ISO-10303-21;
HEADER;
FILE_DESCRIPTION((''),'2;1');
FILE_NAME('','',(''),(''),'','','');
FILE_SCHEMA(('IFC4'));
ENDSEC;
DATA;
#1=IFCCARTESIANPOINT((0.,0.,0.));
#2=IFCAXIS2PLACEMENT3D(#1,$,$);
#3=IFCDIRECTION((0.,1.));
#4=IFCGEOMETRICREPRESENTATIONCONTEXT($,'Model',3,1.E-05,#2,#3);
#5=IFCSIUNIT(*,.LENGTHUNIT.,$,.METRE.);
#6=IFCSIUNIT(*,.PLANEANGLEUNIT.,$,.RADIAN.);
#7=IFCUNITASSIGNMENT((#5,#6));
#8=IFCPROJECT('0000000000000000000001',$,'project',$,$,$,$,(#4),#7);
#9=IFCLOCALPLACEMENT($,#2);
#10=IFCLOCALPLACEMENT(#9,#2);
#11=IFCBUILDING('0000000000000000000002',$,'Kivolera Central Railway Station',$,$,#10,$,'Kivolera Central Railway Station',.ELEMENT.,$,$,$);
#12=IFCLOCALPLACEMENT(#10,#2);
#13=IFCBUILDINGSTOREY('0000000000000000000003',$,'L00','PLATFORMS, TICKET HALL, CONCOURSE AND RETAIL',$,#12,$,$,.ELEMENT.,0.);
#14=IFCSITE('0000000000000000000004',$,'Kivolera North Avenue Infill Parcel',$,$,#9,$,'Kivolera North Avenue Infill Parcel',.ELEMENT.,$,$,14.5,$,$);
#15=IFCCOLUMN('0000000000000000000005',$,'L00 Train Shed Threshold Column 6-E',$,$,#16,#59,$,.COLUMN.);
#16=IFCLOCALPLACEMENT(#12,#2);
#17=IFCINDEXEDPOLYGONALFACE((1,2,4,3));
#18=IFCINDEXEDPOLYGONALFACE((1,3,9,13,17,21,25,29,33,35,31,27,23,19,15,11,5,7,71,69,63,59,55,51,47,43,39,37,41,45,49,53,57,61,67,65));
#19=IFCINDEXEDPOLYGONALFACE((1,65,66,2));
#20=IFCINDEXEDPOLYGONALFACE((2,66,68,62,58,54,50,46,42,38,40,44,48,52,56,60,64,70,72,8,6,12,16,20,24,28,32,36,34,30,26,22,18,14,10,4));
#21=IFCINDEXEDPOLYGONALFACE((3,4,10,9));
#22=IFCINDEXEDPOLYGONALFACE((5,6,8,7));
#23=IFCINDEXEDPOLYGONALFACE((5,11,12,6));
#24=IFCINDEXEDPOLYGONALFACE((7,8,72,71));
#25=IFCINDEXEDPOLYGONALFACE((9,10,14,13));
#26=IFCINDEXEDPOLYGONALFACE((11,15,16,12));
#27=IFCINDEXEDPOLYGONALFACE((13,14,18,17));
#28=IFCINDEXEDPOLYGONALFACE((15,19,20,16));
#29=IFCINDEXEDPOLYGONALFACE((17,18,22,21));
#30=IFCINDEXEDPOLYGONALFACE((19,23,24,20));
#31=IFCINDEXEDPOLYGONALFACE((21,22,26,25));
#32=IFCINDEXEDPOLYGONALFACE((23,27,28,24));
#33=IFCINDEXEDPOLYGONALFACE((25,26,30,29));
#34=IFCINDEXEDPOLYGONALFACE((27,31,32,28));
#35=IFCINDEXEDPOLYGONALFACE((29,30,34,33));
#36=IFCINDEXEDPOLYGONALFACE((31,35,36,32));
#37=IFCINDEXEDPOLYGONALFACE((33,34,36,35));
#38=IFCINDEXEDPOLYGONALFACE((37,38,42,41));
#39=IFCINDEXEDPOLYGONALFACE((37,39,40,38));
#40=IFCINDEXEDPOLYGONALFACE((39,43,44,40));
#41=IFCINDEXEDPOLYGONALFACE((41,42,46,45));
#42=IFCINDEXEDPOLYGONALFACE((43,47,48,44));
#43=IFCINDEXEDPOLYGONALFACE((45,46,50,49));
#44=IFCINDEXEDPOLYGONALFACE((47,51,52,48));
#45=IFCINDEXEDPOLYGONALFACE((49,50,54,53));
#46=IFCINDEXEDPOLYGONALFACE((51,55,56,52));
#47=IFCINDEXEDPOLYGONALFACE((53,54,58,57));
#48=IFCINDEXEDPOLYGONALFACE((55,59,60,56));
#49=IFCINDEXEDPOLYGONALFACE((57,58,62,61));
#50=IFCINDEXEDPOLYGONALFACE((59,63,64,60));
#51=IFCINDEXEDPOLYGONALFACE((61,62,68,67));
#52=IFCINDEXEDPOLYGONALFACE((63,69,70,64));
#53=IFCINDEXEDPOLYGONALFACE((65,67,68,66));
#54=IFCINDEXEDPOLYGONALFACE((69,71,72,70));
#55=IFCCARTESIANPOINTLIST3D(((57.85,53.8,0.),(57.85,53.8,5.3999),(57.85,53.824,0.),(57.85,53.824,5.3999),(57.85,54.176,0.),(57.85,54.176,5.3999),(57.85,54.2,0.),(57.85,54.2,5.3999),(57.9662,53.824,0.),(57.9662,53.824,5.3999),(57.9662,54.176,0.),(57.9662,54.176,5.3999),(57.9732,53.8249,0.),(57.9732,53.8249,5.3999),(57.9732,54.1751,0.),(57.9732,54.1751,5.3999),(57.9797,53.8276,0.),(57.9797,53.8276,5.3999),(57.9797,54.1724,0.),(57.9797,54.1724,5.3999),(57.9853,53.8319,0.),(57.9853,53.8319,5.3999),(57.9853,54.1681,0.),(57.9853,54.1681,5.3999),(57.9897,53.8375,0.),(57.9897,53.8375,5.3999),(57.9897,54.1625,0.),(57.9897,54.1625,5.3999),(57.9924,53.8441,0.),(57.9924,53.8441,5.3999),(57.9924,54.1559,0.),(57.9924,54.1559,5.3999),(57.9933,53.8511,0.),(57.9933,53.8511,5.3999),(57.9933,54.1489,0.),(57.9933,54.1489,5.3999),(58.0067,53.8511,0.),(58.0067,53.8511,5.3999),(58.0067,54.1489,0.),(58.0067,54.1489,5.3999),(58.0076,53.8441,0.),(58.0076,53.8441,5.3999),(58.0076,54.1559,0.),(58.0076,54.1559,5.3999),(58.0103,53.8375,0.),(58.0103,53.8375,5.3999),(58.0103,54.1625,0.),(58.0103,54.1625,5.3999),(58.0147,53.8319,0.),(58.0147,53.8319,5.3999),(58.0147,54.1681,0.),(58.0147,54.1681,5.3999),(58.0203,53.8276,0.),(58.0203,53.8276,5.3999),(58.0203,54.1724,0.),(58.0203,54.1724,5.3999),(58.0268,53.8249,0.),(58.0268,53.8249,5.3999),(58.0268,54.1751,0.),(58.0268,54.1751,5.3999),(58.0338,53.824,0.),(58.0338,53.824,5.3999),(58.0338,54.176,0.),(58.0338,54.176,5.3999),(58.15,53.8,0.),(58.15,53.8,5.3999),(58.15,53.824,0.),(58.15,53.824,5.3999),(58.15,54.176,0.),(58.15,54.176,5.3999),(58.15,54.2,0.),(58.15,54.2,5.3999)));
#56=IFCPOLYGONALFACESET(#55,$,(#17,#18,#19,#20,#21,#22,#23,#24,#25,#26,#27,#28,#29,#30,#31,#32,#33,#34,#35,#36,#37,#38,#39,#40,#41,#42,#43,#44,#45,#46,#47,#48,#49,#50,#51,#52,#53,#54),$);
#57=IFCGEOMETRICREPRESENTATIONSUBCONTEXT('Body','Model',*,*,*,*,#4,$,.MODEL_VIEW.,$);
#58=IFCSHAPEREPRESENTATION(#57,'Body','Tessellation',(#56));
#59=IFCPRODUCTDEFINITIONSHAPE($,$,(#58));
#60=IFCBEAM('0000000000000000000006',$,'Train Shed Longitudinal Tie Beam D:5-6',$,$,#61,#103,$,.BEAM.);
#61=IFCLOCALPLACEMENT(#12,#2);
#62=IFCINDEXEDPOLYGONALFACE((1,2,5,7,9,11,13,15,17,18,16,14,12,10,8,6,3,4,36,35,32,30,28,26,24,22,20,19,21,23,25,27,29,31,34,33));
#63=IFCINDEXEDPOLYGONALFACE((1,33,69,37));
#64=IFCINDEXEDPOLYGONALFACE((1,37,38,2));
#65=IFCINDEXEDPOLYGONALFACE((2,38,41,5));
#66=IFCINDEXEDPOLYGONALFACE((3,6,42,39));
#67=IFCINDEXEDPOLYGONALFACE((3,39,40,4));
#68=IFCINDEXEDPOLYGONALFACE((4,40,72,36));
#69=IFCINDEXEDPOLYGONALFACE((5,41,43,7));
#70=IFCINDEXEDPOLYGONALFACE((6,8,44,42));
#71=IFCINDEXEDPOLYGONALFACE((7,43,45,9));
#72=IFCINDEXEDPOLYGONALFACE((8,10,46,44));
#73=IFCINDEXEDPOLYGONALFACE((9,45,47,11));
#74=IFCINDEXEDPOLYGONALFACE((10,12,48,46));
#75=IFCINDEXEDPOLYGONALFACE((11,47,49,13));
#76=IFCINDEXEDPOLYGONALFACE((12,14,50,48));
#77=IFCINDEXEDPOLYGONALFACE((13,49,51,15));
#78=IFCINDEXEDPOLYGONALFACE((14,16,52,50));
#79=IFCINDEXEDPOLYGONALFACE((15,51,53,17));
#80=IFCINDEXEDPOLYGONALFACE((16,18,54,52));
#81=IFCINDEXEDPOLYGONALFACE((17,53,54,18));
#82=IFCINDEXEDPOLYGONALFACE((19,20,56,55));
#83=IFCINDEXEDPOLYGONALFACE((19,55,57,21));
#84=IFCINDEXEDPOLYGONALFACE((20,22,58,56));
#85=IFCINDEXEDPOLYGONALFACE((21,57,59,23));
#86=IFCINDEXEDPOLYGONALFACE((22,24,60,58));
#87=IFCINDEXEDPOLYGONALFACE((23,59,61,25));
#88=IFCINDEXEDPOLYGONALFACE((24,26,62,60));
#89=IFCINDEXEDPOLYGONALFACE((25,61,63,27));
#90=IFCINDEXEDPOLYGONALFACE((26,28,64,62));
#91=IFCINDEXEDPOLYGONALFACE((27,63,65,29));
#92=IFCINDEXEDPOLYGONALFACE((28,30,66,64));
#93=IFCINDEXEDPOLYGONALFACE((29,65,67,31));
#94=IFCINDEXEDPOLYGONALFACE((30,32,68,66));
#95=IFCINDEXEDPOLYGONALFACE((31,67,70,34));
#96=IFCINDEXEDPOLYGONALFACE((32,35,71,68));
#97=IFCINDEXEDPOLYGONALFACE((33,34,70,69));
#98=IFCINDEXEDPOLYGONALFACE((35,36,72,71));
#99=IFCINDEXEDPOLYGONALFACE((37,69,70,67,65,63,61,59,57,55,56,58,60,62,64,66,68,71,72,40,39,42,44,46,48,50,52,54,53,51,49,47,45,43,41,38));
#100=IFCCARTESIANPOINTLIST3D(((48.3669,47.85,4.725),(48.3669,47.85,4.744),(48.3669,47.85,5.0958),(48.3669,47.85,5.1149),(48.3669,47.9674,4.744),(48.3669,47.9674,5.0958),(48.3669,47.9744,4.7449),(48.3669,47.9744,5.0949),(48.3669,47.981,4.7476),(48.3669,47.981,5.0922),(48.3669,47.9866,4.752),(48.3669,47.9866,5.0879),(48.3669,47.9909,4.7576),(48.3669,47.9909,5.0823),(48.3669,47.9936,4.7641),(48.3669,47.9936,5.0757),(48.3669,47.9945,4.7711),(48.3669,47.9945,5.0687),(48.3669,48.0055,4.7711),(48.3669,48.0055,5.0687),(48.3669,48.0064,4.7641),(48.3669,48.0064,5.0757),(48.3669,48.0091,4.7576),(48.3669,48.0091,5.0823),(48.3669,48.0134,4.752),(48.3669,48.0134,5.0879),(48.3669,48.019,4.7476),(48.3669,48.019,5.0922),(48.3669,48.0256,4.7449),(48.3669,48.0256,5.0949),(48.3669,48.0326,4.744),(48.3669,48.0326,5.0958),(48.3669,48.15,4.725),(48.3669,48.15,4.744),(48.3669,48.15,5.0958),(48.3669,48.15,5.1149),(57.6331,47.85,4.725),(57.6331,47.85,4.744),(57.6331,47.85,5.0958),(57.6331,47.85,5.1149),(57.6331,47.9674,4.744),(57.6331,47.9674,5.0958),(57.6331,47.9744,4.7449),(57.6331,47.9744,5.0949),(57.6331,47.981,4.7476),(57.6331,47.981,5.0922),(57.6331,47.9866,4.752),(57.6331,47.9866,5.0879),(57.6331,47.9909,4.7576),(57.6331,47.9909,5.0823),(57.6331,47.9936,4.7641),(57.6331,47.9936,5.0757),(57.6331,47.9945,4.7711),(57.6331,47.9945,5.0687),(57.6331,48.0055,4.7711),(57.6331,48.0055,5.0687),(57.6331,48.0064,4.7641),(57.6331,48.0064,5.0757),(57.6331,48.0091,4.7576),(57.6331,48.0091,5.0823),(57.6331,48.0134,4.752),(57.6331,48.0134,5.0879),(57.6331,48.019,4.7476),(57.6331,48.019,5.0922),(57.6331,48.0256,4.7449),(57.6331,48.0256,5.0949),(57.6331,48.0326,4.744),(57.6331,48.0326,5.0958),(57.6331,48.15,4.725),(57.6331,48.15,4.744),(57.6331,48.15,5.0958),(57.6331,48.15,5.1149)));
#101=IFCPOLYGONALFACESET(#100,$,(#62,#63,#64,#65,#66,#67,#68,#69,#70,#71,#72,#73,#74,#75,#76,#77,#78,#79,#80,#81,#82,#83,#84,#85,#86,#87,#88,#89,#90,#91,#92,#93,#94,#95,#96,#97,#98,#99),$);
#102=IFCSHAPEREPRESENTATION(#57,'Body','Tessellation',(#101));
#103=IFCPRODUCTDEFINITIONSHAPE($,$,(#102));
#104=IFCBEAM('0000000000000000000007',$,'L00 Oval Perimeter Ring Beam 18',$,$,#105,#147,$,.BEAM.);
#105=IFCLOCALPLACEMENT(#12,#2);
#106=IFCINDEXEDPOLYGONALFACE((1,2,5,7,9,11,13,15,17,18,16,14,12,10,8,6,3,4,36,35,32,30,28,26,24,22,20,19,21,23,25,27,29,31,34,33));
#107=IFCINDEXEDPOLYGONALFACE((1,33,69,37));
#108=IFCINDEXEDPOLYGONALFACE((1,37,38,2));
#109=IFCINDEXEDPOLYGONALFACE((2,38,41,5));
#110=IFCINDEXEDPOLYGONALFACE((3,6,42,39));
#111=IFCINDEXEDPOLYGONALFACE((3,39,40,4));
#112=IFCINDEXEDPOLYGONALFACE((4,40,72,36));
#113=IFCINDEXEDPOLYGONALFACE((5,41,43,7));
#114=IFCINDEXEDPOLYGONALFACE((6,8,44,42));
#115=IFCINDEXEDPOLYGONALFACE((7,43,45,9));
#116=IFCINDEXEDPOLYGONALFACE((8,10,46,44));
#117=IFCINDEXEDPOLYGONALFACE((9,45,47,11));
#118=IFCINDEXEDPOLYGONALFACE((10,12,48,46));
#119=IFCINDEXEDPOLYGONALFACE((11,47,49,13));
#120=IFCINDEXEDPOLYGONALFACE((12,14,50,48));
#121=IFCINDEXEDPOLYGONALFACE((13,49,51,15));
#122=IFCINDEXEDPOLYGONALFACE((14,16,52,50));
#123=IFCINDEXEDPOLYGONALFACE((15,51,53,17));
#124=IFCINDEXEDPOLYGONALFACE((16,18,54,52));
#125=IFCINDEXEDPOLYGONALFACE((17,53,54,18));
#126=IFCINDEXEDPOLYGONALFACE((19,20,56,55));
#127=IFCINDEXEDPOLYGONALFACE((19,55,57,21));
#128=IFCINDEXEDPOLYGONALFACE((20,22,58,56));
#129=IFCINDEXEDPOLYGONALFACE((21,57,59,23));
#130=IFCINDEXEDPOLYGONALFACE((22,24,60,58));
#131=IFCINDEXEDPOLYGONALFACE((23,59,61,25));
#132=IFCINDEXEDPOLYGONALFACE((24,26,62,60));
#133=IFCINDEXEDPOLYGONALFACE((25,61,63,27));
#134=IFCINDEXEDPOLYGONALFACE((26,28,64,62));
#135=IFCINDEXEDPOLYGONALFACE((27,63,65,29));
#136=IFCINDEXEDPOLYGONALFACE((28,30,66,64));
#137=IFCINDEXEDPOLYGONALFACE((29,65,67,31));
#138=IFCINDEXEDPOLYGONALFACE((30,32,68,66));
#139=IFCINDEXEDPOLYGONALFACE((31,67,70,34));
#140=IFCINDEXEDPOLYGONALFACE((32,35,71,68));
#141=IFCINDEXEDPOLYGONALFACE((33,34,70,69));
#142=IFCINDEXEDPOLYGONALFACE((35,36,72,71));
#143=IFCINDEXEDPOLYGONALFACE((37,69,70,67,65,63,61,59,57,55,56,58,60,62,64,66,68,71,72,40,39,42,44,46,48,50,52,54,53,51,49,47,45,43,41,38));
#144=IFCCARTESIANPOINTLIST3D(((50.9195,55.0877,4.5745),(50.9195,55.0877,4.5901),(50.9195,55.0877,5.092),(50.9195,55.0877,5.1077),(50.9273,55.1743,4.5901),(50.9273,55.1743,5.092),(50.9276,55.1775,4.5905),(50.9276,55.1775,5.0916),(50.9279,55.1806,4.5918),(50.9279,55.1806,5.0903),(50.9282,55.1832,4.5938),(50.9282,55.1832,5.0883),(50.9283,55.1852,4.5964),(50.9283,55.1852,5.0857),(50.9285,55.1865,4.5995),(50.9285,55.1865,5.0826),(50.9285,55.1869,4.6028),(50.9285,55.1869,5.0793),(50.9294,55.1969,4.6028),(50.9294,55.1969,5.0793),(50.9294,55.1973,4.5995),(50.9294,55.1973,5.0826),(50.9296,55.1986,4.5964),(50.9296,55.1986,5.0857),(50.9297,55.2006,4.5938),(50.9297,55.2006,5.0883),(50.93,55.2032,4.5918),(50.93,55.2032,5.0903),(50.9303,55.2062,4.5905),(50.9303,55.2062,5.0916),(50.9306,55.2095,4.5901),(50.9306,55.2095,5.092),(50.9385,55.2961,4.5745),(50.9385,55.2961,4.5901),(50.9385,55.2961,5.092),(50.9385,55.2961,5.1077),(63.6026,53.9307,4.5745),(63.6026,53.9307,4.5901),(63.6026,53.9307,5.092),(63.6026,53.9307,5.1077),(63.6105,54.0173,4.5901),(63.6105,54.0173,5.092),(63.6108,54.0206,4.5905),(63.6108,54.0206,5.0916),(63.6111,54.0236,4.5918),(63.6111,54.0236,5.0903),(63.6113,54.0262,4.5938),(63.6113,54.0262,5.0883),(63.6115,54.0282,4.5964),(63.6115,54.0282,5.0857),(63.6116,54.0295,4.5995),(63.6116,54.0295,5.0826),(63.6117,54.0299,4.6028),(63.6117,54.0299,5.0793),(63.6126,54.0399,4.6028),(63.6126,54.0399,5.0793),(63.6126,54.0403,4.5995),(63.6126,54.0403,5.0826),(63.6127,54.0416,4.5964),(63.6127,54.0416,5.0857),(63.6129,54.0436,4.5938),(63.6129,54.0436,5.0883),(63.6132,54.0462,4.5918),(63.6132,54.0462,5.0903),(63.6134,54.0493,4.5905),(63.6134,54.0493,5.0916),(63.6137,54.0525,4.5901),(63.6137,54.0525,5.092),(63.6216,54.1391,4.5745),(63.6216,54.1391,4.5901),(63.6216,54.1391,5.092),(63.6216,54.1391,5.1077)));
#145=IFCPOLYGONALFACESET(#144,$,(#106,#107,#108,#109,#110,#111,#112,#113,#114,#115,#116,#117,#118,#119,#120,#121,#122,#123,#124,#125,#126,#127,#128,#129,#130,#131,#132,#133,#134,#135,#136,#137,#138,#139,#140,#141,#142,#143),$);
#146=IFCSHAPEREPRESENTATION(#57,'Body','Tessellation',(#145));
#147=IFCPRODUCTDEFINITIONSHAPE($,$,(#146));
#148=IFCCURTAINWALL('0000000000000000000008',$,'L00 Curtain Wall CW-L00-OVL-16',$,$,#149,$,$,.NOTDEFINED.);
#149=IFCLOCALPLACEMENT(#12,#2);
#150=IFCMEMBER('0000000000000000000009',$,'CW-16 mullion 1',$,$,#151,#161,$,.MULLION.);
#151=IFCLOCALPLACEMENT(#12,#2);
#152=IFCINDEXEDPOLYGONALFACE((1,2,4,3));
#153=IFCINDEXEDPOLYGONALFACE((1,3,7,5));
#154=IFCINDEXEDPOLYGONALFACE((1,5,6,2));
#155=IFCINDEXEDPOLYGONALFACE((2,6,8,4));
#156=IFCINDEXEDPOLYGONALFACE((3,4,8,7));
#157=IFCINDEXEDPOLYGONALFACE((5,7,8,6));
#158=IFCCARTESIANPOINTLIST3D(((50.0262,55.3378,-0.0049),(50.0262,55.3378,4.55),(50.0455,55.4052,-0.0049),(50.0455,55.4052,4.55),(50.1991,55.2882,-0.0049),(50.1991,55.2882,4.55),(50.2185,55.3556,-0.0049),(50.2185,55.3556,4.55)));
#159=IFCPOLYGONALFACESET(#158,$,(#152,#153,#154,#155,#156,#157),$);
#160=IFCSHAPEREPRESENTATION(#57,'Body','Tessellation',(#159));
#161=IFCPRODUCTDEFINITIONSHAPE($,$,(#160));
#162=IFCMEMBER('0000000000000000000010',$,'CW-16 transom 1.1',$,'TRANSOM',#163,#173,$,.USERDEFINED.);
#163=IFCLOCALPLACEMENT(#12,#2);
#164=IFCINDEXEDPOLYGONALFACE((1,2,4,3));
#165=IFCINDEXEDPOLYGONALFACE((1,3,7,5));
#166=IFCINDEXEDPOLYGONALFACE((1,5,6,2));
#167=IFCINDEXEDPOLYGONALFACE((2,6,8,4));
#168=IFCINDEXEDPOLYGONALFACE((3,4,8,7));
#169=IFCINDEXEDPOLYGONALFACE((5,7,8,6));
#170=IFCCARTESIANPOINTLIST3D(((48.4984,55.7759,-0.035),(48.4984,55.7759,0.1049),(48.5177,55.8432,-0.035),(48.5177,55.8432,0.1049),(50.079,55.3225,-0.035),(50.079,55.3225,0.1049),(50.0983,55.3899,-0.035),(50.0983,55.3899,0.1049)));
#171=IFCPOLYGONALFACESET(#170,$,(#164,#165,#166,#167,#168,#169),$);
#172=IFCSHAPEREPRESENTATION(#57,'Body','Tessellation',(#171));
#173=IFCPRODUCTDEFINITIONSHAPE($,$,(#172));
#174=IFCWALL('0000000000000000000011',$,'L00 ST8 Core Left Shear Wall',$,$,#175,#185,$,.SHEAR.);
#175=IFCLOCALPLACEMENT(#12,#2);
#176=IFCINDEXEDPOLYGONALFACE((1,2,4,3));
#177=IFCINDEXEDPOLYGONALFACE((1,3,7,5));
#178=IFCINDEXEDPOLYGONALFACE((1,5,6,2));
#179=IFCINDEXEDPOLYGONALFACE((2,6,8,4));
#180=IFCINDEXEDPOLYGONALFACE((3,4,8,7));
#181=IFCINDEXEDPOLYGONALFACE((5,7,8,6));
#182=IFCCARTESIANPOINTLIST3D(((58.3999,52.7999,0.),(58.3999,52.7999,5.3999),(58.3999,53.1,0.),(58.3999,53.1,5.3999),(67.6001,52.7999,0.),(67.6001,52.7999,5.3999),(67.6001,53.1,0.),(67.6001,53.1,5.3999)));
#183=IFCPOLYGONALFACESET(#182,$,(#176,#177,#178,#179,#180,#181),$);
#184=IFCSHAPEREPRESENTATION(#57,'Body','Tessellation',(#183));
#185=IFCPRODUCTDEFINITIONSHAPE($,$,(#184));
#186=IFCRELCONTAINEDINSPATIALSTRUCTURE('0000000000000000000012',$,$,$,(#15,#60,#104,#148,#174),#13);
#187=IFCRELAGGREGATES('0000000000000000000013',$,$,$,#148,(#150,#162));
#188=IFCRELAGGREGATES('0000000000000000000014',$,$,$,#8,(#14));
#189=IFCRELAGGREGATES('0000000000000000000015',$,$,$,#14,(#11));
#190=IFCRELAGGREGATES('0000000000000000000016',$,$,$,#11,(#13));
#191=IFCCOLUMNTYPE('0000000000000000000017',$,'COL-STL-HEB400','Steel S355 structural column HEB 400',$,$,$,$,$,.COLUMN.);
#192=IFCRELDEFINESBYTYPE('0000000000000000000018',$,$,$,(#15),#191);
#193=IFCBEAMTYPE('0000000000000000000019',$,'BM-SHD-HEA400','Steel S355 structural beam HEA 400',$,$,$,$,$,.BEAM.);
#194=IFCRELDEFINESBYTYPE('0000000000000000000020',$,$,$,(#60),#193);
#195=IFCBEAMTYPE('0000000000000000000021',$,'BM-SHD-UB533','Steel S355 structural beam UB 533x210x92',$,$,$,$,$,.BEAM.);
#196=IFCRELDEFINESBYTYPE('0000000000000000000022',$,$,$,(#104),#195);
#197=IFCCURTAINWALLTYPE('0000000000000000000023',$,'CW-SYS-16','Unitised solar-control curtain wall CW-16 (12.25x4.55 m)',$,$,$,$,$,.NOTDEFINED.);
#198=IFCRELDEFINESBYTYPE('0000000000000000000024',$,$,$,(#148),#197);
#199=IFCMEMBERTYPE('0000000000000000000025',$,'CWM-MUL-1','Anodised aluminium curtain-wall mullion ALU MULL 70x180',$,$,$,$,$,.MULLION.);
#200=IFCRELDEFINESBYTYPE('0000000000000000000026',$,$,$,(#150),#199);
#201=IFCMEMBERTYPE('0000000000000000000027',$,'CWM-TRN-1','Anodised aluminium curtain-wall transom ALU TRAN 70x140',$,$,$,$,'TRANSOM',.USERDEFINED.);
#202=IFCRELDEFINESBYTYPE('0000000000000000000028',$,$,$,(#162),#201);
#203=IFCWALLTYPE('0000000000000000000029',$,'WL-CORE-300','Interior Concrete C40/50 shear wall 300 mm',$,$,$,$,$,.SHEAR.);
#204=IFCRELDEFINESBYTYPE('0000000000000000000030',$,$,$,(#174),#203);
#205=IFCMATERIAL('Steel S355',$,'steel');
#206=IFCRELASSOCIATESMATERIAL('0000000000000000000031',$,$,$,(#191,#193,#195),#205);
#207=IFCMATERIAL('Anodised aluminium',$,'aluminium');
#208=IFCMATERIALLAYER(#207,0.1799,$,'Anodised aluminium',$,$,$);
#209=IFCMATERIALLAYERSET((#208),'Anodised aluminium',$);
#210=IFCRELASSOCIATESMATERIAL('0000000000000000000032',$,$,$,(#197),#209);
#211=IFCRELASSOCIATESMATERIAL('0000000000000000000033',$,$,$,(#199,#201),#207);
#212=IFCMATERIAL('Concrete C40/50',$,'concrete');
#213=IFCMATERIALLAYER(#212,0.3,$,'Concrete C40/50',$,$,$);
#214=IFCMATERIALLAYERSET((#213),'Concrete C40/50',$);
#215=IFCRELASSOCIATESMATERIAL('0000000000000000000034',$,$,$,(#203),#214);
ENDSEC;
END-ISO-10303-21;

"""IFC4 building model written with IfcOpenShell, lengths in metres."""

from ifc_helpers import new_model, si_unit, direction, frame, frame_2d, origin, origin_2d, place, context, subcontext, project, spatial, rectangle, i_section, extrude, material, layer, layer_set, material_profile, profile_set, type_object, element, aggregate, save


model = new_model("IFC4")

# Units and contexts
model_context = context("Model", 3, precision=1e-05, world=origin(), true_north=direction((0.0, 1.0)))
body_context = subcontext(model_context, "Body", "Model", "MODEL_VIEW")
ifc_project = project(units=[si_unit("LENGTHUNIT", "METRE"), si_unit("PLANEANGLEUNIT", "RADIAN")], contexts=[model_context])

# Site, building, storey
site_placement = place(None, origin())
site = spatial("IfcSite", under=ifc_project, at=site_placement, Name="Kivolera North Avenue Infill Parcel", LongName="Kivolera North Avenue Infill Parcel", CompositionType="ELEMENT", RefElevation=14.5)
building_placement = place(site_placement, origin())
building = spatial("IfcBuilding", under=site, at=building_placement, Name="Kivolera Central Railway Station", LongName="Kivolera Central Railway Station", CompositionType="ELEMENT")
storey_placement = place(building_placement, origin())
storey = spatial("IfcBuildingStorey", under=building, at=storey_placement, Name="L00", Description="PLATFORMS, TICKET HALL, CONCOURSE AND RETAIL", CompositionType="ELEMENT", Elevation=0.0)

# Column
ifc_material_1 = material(Name="Concrete C40/50", Category="concrete")
ifc_material_2 = material(Name="Steel S355", Category="steel")
ifc_material_profile_1 = material_profile(ifc_material_2, i_section(OverallWidth=0.3, OverallDepth=0.3999, WebThickness=0.0134, FlangeThickness=0.0239, FilletRadius=0.0271, at=origin_2d()), Name="HEB 400")
ifc_profile_set_1 = profile_set([ifc_material_profile_1], Name="Steel S355")
column_type_1 = type_object("IfcColumnType", Name="COL-STL-HEB400", Description="Steel S355 structural column HEB 400", PredefinedType="COLUMN", material=ifc_profile_set_1)
for number, where, z_axis, x_axis, name in (
    (1, (58.0, 54.0, 0.0), (0.0, 0.0, 1.0), (1.0, 0.0, 0.0), "L00 Train Shed Threshold Column 6-E"),
):
    element("IfcColumn", number, at=place(storey_placement, frame(where, z_axis=z_axis, x_axis=x_axis)), inside=storey, type_object=column_type_1, Name=name, PredefinedType="COLUMN", context=body_context, shape_type="SweptSolid", body=[
        extrude(i_section(OverallWidth=0.3, OverallDepth=0.3999, WebThickness=0.0134, FlangeThickness=0.0239, FilletRadius=0.0271, at=origin_2d()), origin(), (0.0, 0.0, 1.0), 5.3999),
    ])

# Beams
ifc_material_profile_2 = material_profile(ifc_material_2, i_section(OverallWidth=0.3, OverallDepth=0.3899, WebThickness=0.011, FlangeThickness=0.019, FilletRadius=0.0271, at=origin_2d()), Name="HEA 400")
ifc_profile_set_2 = profile_set([ifc_material_profile_2], Name="Steel S355")
beam_type_1 = type_object("IfcBeamType", Name="BM-SHD-HEA400", Description="Steel S355 structural beam HEA 400", PredefinedType="BEAM", material=ifc_profile_set_2)
beam_1_placement = place(storey_placement, frame((48.3669, 48.0, 4.9199), z_axis=(1.0, 0.0, 0.0), x_axis=(0.0, 1.0, 0.0)))
element("IfcBeam", 2, at=beam_1_placement, inside=storey, type_object=beam_type_1, Name="Train Shed Longitudinal Tie Beam D:5-6", PredefinedType="BEAM", context=body_context, shape_type="SweptSolid", body=[
    extrude(i_section(OverallWidth=0.3, OverallDepth=0.3899, WebThickness=0.011, FlangeThickness=0.019, FilletRadius=0.0271, at=origin_2d()), origin(), (0.0, 0.0, 1.0), 9.2661),
])
ifc_material_profile_3 = material_profile(ifc_material_2, i_section(OverallWidth=0.2092, OverallDepth=0.5332, WebThickness=0.01, FlangeThickness=0.0156, FilletRadius=0.0127, at=origin_2d()), Name="UB 533x210x92")
ifc_profile_set_3 = profile_set([ifc_material_profile_3], Name="Steel S355")
beam_type_2 = type_object("IfcBeamType", Name="BM-SHD-UB533", Description="Steel S355 structural beam UB 533x210x92", PredefinedType="BEAM", material=ifc_profile_set_3)
beam_2_placement = place(storey_placement, frame((50.929, 55.1919, 4.8411), z_axis=(0.995865, -0.090845, 0.0), x_axis=(0.090845, 0.995865, 0.0)))
element("IfcBeam", 3, at=beam_2_placement, inside=storey, type_object=beam_type_2, Name="L00 Oval Perimeter Ring Beam 18", PredefinedType="BEAM", context=body_context, shape_type="SweptSolid", body=[
    extrude(i_section(OverallWidth=0.2092, OverallDepth=0.5332, WebThickness=0.01, FlangeThickness=0.0156, FilletRadius=0.0127, at=origin_2d()), origin(), (0.0, 0.0, 1.0), 12.7358),
])

# Curtain wall, members
ifc_material_3 = material(Name="Anodised aluminium", Category="aluminium")
ifc_layer_1 = layer(ifc_material_3, 0.1799, Name="Anodised aluminium")
ifc_layer_set_1 = layer_set([ifc_layer_1], Name="Anodised aluminium")
curtain_wall_type = type_object("IfcCurtainWallType", Name="CW-SYS-16", Description="Unitised solar-control curtain wall CW-16 (12.25x4.55 m)", PredefinedType="NOTDEFINED", material=ifc_layer_set_1)
curtain_wall_placement = place(storey_placement, origin())
curtain_wall = element("IfcCurtainWall", 4, at=curtain_wall_placement, inside=storey, type_object=curtain_wall_type, Name="L00 Curtain Wall CW-L00-OVL-16", PredefinedType="NOTDEFINED")
ifc_material_profile_4 = material_profile(ifc_material_3, rectangle(XDim=0.0701, YDim=0.1799, at=origin_2d()), Name="ALU MULL 70x180")
ifc_profile_set_4 = profile_set([ifc_material_profile_4], Name="Anodised aluminium")
member_type_1 = type_object("IfcMemberType", Name="CWM-MUL-1", Description="Anodised aluminium curtain-wall mullion ALU MULL 70x180", PredefinedType="MULLION", material=ifc_profile_set_4)
member_1_placement = place(storey_placement, frame((50.1223, 55.3467, -0.0049), z_axis=(0.0, 0.0, 1.0), x_axis=(-0.275692, -0.961246, 0.0)))
member_1 = element("IfcMember", 5, at=member_1_placement, type_object=member_type_1, Name="CW-16 mullion 1", PredefinedType="MULLION", context=body_context, shape_type="SweptSolid", body=[
    extrude(rectangle(XDim=0.0701, YDim=0.1799, at=origin_2d()), origin(), (0.0, 0.0, 1.0), 4.5549),
])
ifc_material_profile_5 = material_profile(ifc_material_3, rectangle(XDim=0.0701, YDim=0.1399, at=origin_2d()), Name="ALU TRAN 70x140")
ifc_profile_set_5 = profile_set([ifc_material_profile_5], Name="Anodised aluminium")
member_type_2 = type_object("IfcMemberType", Name="CWM-TRN-1", Description="Anodised aluminium curtain-wall transom ALU TRAN 70x140", ElementType="TRANSOM", PredefinedType="USERDEFINED", material=ifc_profile_set_5)
member_2_placement = place(storey_placement, frame((50.0886, 55.3562, 0.0349), z_axis=(-0.961238, 0.275721, 0.0), x_axis=(-0.275721, -0.961238, 0.0)))
member_2 = element("IfcMember", 6, at=member_2_placement, type_object=member_type_2, Name="CW-16 transom 1.1", ObjectType="TRANSOM", PredefinedType="USERDEFINED", context=body_context, shape_type="SweptSolid", body=[
    extrude(rectangle(XDim=0.0701, YDim=0.1399, at=origin_2d()), origin(), (0.0, 0.0, 1.0), 1.6443),
])
aggregate(curtain_wall, [member_1, member_2])

# Wall
ifc_layer_2 = layer(ifc_material_1, 0.3, Name="Concrete C40/50")
ifc_layer_set_2 = layer_set([ifc_layer_2], Name="Concrete C40/50")
wall_type = type_object("IfcWallType", Name="WL-CORE-300", Description="Interior Concrete C40/50 shear wall 300 mm", PredefinedType="SHEAR", material=ifc_layer_set_2)
wall_1_placement = place(storey_placement, frame((58.3999, 52.95, 0.0), z_axis=(0.0, 0.0, 1.0), x_axis=(1.0, 0.0, 0.0)))
element("IfcWall", 7, at=wall_1_placement, inside=storey, type_object=wall_type, Name="L00 ST8 Core Left Shear Wall", PredefinedType="SHEAR", context=body_context, shape_type="SweptSolid", body=[
    extrude(rectangle(XDim=9.2002, YDim=0.3, at=frame_2d((4.6001, 0.0))), origin(), (0.0, 0.0, 1.0), 5.3999),
])

save(model, "model.ifc")
